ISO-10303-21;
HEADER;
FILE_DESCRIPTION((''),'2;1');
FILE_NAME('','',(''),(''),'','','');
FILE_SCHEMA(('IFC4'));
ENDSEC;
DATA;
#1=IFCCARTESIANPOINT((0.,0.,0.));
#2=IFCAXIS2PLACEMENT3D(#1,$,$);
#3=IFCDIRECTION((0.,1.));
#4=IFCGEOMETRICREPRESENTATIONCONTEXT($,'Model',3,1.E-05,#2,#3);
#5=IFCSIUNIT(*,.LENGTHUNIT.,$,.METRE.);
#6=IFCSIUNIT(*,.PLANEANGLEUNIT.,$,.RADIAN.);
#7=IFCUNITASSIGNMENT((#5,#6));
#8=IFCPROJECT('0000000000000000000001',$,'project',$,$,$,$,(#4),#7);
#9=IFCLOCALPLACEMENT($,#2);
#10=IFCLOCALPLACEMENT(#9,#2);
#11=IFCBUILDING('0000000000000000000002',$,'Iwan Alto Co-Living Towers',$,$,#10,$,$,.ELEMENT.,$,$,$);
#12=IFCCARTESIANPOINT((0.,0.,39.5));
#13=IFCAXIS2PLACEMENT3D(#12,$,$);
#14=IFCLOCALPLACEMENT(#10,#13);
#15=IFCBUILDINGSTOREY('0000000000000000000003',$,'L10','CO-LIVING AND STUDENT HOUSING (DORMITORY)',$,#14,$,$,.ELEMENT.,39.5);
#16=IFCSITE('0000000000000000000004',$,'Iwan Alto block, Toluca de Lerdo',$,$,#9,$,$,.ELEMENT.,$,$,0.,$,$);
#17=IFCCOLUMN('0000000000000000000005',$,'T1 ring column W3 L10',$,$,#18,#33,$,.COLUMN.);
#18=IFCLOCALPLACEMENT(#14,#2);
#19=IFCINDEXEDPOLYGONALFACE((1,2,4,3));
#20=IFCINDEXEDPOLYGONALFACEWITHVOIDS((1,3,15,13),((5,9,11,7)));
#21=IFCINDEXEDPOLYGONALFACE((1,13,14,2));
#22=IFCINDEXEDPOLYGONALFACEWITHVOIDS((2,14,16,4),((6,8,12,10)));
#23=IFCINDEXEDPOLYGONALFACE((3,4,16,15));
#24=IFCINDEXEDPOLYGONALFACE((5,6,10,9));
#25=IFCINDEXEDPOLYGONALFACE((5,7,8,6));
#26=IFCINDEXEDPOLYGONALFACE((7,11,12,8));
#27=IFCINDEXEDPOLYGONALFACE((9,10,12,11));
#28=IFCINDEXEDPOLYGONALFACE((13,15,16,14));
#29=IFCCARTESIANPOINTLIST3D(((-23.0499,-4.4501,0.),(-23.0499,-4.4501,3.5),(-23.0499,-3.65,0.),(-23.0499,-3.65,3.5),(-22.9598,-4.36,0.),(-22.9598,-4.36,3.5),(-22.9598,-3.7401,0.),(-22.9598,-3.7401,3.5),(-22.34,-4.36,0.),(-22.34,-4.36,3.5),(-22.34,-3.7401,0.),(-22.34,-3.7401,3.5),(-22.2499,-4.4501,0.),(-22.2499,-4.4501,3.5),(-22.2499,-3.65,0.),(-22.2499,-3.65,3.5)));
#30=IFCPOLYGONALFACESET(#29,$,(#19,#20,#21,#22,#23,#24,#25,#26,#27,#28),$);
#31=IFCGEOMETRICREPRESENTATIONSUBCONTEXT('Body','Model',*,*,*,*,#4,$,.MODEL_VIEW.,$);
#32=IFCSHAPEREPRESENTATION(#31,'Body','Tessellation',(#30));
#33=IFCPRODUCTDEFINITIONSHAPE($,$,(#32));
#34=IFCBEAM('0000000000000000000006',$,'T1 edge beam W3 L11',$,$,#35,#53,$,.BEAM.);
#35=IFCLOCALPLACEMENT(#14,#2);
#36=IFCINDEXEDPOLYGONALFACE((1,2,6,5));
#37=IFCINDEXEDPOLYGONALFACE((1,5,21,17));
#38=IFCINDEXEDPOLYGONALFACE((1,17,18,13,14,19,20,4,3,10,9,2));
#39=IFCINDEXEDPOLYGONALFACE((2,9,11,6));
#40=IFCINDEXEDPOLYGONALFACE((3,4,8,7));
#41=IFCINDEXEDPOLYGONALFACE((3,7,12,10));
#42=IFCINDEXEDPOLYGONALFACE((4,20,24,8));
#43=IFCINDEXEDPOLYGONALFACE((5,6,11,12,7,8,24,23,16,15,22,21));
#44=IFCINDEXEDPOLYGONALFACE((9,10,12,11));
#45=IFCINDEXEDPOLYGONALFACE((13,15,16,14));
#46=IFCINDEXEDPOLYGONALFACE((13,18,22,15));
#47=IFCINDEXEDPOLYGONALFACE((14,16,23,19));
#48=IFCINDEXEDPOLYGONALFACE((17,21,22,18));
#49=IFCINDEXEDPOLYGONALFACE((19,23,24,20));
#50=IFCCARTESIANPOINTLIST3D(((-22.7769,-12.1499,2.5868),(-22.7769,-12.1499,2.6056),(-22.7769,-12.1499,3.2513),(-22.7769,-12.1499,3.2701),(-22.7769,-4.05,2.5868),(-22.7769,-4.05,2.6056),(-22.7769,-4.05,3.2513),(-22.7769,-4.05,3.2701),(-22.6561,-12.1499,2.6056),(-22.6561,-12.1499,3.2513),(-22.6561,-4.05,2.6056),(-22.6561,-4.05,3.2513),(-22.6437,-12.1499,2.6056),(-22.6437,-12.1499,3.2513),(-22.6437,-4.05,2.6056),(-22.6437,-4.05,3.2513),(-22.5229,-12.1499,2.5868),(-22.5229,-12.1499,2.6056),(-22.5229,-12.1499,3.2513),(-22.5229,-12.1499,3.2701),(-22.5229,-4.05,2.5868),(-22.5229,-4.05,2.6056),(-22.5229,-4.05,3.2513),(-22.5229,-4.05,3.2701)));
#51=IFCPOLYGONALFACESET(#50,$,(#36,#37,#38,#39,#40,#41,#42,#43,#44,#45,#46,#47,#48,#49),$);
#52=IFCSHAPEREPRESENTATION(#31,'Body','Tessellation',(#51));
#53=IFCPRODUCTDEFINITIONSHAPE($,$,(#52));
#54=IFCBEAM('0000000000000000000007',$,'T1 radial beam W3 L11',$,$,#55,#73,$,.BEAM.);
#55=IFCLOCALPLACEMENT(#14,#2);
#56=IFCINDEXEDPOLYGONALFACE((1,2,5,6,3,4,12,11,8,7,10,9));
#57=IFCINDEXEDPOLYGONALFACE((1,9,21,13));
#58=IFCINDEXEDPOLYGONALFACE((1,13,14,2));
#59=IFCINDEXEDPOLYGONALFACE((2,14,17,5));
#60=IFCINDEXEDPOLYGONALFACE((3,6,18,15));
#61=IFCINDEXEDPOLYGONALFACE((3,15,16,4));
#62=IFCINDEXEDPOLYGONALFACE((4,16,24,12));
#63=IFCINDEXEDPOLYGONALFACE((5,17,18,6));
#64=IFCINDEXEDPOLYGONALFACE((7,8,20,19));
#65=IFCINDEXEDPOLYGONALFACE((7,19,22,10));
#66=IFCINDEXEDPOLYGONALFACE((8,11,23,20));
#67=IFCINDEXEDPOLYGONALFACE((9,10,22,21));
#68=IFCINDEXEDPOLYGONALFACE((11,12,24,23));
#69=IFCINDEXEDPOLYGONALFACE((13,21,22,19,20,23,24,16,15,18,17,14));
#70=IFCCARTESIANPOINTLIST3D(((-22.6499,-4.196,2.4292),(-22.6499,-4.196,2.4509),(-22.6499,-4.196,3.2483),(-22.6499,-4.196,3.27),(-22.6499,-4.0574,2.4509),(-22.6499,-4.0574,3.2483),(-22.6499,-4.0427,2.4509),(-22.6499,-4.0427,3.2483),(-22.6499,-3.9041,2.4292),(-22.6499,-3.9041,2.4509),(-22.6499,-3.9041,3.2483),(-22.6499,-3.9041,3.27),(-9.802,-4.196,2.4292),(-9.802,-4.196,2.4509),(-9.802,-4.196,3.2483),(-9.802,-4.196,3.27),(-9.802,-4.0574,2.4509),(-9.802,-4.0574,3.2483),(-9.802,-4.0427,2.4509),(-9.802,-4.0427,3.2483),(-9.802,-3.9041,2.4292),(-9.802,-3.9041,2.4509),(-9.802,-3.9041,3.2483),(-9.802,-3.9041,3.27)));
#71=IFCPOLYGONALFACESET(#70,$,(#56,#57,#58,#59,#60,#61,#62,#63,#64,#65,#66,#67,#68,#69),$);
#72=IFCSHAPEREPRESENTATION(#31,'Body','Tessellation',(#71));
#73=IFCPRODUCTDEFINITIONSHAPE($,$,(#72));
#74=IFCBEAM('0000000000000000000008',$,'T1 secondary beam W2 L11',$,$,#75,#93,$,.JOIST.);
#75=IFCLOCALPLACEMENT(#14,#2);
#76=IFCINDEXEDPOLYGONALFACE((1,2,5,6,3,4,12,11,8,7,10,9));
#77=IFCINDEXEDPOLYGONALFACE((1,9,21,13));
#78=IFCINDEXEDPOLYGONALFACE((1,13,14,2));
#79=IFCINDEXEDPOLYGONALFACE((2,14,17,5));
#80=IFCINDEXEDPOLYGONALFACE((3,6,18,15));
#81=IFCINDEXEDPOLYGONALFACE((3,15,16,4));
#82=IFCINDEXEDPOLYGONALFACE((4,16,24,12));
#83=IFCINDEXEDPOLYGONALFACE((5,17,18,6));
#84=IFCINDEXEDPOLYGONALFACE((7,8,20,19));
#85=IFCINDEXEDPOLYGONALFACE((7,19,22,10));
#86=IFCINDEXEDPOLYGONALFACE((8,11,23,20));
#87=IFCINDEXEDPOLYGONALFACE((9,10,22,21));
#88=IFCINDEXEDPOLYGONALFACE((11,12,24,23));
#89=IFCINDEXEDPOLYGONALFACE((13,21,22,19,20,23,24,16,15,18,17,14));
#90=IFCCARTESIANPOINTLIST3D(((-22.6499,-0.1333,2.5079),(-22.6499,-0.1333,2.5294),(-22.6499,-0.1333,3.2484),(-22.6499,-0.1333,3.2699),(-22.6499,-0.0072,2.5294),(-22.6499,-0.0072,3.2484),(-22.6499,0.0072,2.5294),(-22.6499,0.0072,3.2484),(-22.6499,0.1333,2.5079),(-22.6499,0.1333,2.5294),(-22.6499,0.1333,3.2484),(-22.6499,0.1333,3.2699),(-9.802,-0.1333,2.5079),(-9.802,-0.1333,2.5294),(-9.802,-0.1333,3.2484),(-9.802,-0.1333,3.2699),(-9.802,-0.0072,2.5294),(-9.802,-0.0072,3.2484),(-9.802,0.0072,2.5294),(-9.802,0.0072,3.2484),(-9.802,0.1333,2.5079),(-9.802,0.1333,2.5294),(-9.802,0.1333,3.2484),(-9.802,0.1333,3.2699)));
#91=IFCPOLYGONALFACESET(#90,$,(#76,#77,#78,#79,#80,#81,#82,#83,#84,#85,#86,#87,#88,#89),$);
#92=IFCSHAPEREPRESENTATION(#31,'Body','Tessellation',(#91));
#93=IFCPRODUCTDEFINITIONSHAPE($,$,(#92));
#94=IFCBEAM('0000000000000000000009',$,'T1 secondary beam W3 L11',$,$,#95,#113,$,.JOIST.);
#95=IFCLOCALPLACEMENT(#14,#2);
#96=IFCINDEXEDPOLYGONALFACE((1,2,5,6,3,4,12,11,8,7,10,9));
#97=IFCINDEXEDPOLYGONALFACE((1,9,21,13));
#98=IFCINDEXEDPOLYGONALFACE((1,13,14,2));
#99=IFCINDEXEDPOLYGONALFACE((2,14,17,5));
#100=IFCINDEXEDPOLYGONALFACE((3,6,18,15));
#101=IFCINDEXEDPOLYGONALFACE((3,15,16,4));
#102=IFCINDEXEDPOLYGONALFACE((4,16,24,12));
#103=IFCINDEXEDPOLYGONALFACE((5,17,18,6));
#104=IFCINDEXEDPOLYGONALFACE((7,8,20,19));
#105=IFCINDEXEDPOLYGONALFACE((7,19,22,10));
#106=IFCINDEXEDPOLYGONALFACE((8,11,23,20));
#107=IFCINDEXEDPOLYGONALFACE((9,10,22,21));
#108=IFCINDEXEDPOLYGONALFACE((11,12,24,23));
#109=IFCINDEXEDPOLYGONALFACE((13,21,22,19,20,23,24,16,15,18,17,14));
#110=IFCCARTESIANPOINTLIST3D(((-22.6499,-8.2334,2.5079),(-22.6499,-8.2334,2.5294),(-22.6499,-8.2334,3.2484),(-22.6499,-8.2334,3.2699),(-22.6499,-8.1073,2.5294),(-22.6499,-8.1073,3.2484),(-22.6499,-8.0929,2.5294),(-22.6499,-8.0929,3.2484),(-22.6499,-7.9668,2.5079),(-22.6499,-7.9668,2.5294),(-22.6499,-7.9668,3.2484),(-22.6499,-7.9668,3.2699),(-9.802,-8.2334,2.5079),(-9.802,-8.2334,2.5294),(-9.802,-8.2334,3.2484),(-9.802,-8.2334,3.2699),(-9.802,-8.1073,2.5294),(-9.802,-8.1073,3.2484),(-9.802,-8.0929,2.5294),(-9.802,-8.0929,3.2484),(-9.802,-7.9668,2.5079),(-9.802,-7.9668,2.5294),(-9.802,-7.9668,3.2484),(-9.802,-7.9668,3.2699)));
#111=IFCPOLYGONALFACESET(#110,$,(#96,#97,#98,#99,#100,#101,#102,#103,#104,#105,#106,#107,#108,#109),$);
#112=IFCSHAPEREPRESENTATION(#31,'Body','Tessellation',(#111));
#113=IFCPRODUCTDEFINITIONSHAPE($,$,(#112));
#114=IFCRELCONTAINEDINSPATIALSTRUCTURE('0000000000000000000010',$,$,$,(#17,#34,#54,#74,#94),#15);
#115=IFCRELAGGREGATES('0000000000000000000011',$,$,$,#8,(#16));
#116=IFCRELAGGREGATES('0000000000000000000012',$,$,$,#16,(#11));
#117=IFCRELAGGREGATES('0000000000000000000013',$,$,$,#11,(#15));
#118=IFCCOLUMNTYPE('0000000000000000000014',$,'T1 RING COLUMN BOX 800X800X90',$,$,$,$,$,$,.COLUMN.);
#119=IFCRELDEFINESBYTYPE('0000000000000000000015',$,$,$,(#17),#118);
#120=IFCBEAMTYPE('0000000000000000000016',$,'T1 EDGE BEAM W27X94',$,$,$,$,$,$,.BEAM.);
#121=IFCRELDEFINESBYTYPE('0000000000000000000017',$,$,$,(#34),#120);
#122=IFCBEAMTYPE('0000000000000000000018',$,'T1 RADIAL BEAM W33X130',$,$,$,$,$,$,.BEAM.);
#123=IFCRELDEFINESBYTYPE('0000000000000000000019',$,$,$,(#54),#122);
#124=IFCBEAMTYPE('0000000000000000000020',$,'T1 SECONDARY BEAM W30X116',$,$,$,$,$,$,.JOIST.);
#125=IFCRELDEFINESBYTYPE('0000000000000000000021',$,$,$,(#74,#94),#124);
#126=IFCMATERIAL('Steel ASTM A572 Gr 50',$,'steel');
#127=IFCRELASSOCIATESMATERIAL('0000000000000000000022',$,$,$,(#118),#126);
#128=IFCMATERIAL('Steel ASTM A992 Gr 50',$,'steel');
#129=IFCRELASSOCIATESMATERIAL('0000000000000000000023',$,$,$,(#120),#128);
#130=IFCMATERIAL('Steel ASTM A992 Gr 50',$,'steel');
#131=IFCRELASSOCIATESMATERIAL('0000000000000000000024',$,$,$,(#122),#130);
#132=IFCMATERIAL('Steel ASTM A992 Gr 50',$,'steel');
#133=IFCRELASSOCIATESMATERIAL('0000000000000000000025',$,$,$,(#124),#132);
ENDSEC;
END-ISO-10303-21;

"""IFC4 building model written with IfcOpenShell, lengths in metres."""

from ifc_helpers import new_model, si_unit, direction, frame, origin, origin_2d, place, context, subcontext, project, spatial, hollow_rectangle, i_section, extrude, material, material_profile, profile_set, type_object, element, save


model = new_model("IFC4")

# Units and contexts
model_context = context("Model", 3, precision=1e-05, world=origin(), true_north=direction((0.0, 1.0)))
body_context = subcontext(model_context, "Body", "Model", "MODEL_VIEW")
ifc_project = project(units=[si_unit("LENGTHUNIT", "METRE"), si_unit("PLANEANGLEUNIT", "RADIAN")], contexts=[model_context])

# Site, building, storey
site_placement = place(None, origin())
site = spatial("IfcSite", under=ifc_project, at=site_placement, Name="Iwan Alto block, Toluca de Lerdo", CompositionType="ELEMENT", RefElevation=0.0)
building_placement = place(site_placement, origin())
building = spatial("IfcBuilding", under=site, at=building_placement, Name="Iwan Alto Co-Living Towers", CompositionType="ELEMENT")
storey_placement = place(building_placement, frame((0.0, 0.0, 39.5)))
storey = spatial("IfcBuildingStorey", under=building, at=storey_placement, Name="L10", Description="CO-LIVING AND STUDENT HOUSING (DORMITORY)", CompositionType="ELEMENT", Elevation=39.5)

# Column
ifc_material_1 = material(Name="Steel ASTM A572 Gr 50", Category="steel")
ifc_material_profile_1 = material_profile(ifc_material_1, hollow_rectangle(XDim=0.8, YDim=0.8, WallThickness=0.0901, at=origin_2d()), Name="BOX 800X800X90")
ifc_profile_set_1 = profile_set([ifc_material_profile_1], Name="Steel ASTM A572 Gr 50")
column_type = type_object("IfcColumnType", Name="T1 RING COLUMN BOX 800X800X90", PredefinedType="COLUMN", material=ifc_profile_set_1)
column_placement = place(storey_placement, frame((-22.6499, -4.05, 0.0), z_axis=(0.0, 0.0, 1.0), x_axis=(1.0, 0.0, 0.0)))
element("IfcColumn", 1, at=column_placement, inside=storey, type_object=column_type, Name="T1 ring column W3 L10", PredefinedType="COLUMN", context=body_context, shape_type="SweptSolid", body=[
    extrude(hollow_rectangle(XDim=0.8, YDim=0.8, WallThickness=0.0901, at=origin_2d()), origin(), (0.0, 0.0, 1.0), 3.5),
])

# Beams
ifc_material_2 = material(Name="Steel ASTM A992 Gr 50", Category="steel")
ifc_material_profile_2 = material_profile(ifc_material_2, i_section(OverallWidth=0.2539, OverallDepth=0.6833, WebThickness=0.0125, FlangeThickness=0.0188, at=origin_2d()), Name="W27X94")
ifc_profile_set_2 = profile_set([ifc_material_profile_2], Name="Steel ASTM A992 Gr 50")
beam_type_1 = type_object("IfcBeamType", Name="T1 EDGE BEAM W27X94", PredefinedType="BEAM", material=ifc_profile_set_2)
beam_1_placement = place(storey_placement, frame((-22.6499, -4.05, 2.9285), z_axis=(0.0, -1.0, 0.0), x_axis=(1.0, 0.0, 0.0)))
element("IfcBeam", 2, at=beam_1_placement, inside=storey, type_object=beam_type_1, Name="T1 edge beam W3 L11", PredefinedType="BEAM", context=body_context, shape_type="SweptSolid", body=[
    extrude(i_section(OverallWidth=0.2539, OverallDepth=0.6833, WebThickness=0.0125, FlangeThickness=0.0188, at=origin_2d()), origin(), (0.0, 0.0, 1.0), 8.0999),
])
ifc_material_3 = material(Name="Steel ASTM A992 Gr 50", Category="steel")
ifc_material_profile_3 = material_profile(ifc_material_3, i_section(OverallWidth=0.292, OverallDepth=0.8408, WebThickness=0.0146, FlangeThickness=0.0217, at=origin_2d()), Name="W33X130")
ifc_profile_set_3 = profile_set([ifc_material_profile_3], Name="Steel ASTM A992 Gr 50")
beam_type_2 = type_object("IfcBeamType", Name="T1 RADIAL BEAM W33X130", PredefinedType="BEAM", material=ifc_profile_set_3)
beam_2_placement = place(storey_placement, frame((-22.6499, -4.05, 2.8496), z_axis=(1.0, 0.0, 0.0), x_axis=(0.0, 1.0, 0.0)))
element("IfcBeam", 3, at=beam_2_placement, inside=storey, type_object=beam_type_2, Name="T1 radial beam W3 L11", PredefinedType="BEAM", context=body_context, shape_type="SweptSolid", body=[
    extrude(i_section(OverallWidth=0.292, OverallDepth=0.8408, WebThickness=0.0146, FlangeThickness=0.0217, at=origin_2d()), origin(), (0.0, 0.0, 1.0), 12.8479),
])
ifc_material_4 = material(Name="Steel ASTM A992 Gr 50", Category="steel")
ifc_material_profile_4 = material_profile(ifc_material_4, i_section(OverallWidth=0.2666, OverallDepth=0.762, WebThickness=0.0144, FlangeThickness=0.0215, at=origin_2d()), Name="W30X116")
ifc_profile_set_4 = profile_set([ifc_material_profile_4], Name="Steel ASTM A992 Gr 50")
beam_type_3 = type_object("IfcBeamType", Name="T1 SECONDARY BEAM W30X116", PredefinedType="JOIST", material=ifc_profile_set_4)
for number, where, z_axis, x_axis, name in (
    (4, (-22.6499, 0.0, 2.8889), (1.0, 0.0, 0.0), (0.0, 1.0, 0.0), "T1 secondary beam W2 L11"),
    (5, (-22.6499, -8.1001, 2.8889), (1.0, 0.0, 0.0), (0.0, 1.0, 0.0), "T1 secondary beam W3 L11"),
):
    element("IfcBeam", number, at=place(storey_placement, frame(where, z_axis=z_axis, x_axis=x_axis)), inside=storey, type_object=beam_type_3, Name=name, PredefinedType="JOIST", context=body_context, shape_type="SweptSolid", body=[
        extrude(i_section(OverallWidth=0.2666, OverallDepth=0.762, WebThickness=0.0144, FlangeThickness=0.0215, at=origin_2d()), origin(), (0.0, 0.0, 1.0), 12.8479),
    ])

save(model, "model.ifc")
